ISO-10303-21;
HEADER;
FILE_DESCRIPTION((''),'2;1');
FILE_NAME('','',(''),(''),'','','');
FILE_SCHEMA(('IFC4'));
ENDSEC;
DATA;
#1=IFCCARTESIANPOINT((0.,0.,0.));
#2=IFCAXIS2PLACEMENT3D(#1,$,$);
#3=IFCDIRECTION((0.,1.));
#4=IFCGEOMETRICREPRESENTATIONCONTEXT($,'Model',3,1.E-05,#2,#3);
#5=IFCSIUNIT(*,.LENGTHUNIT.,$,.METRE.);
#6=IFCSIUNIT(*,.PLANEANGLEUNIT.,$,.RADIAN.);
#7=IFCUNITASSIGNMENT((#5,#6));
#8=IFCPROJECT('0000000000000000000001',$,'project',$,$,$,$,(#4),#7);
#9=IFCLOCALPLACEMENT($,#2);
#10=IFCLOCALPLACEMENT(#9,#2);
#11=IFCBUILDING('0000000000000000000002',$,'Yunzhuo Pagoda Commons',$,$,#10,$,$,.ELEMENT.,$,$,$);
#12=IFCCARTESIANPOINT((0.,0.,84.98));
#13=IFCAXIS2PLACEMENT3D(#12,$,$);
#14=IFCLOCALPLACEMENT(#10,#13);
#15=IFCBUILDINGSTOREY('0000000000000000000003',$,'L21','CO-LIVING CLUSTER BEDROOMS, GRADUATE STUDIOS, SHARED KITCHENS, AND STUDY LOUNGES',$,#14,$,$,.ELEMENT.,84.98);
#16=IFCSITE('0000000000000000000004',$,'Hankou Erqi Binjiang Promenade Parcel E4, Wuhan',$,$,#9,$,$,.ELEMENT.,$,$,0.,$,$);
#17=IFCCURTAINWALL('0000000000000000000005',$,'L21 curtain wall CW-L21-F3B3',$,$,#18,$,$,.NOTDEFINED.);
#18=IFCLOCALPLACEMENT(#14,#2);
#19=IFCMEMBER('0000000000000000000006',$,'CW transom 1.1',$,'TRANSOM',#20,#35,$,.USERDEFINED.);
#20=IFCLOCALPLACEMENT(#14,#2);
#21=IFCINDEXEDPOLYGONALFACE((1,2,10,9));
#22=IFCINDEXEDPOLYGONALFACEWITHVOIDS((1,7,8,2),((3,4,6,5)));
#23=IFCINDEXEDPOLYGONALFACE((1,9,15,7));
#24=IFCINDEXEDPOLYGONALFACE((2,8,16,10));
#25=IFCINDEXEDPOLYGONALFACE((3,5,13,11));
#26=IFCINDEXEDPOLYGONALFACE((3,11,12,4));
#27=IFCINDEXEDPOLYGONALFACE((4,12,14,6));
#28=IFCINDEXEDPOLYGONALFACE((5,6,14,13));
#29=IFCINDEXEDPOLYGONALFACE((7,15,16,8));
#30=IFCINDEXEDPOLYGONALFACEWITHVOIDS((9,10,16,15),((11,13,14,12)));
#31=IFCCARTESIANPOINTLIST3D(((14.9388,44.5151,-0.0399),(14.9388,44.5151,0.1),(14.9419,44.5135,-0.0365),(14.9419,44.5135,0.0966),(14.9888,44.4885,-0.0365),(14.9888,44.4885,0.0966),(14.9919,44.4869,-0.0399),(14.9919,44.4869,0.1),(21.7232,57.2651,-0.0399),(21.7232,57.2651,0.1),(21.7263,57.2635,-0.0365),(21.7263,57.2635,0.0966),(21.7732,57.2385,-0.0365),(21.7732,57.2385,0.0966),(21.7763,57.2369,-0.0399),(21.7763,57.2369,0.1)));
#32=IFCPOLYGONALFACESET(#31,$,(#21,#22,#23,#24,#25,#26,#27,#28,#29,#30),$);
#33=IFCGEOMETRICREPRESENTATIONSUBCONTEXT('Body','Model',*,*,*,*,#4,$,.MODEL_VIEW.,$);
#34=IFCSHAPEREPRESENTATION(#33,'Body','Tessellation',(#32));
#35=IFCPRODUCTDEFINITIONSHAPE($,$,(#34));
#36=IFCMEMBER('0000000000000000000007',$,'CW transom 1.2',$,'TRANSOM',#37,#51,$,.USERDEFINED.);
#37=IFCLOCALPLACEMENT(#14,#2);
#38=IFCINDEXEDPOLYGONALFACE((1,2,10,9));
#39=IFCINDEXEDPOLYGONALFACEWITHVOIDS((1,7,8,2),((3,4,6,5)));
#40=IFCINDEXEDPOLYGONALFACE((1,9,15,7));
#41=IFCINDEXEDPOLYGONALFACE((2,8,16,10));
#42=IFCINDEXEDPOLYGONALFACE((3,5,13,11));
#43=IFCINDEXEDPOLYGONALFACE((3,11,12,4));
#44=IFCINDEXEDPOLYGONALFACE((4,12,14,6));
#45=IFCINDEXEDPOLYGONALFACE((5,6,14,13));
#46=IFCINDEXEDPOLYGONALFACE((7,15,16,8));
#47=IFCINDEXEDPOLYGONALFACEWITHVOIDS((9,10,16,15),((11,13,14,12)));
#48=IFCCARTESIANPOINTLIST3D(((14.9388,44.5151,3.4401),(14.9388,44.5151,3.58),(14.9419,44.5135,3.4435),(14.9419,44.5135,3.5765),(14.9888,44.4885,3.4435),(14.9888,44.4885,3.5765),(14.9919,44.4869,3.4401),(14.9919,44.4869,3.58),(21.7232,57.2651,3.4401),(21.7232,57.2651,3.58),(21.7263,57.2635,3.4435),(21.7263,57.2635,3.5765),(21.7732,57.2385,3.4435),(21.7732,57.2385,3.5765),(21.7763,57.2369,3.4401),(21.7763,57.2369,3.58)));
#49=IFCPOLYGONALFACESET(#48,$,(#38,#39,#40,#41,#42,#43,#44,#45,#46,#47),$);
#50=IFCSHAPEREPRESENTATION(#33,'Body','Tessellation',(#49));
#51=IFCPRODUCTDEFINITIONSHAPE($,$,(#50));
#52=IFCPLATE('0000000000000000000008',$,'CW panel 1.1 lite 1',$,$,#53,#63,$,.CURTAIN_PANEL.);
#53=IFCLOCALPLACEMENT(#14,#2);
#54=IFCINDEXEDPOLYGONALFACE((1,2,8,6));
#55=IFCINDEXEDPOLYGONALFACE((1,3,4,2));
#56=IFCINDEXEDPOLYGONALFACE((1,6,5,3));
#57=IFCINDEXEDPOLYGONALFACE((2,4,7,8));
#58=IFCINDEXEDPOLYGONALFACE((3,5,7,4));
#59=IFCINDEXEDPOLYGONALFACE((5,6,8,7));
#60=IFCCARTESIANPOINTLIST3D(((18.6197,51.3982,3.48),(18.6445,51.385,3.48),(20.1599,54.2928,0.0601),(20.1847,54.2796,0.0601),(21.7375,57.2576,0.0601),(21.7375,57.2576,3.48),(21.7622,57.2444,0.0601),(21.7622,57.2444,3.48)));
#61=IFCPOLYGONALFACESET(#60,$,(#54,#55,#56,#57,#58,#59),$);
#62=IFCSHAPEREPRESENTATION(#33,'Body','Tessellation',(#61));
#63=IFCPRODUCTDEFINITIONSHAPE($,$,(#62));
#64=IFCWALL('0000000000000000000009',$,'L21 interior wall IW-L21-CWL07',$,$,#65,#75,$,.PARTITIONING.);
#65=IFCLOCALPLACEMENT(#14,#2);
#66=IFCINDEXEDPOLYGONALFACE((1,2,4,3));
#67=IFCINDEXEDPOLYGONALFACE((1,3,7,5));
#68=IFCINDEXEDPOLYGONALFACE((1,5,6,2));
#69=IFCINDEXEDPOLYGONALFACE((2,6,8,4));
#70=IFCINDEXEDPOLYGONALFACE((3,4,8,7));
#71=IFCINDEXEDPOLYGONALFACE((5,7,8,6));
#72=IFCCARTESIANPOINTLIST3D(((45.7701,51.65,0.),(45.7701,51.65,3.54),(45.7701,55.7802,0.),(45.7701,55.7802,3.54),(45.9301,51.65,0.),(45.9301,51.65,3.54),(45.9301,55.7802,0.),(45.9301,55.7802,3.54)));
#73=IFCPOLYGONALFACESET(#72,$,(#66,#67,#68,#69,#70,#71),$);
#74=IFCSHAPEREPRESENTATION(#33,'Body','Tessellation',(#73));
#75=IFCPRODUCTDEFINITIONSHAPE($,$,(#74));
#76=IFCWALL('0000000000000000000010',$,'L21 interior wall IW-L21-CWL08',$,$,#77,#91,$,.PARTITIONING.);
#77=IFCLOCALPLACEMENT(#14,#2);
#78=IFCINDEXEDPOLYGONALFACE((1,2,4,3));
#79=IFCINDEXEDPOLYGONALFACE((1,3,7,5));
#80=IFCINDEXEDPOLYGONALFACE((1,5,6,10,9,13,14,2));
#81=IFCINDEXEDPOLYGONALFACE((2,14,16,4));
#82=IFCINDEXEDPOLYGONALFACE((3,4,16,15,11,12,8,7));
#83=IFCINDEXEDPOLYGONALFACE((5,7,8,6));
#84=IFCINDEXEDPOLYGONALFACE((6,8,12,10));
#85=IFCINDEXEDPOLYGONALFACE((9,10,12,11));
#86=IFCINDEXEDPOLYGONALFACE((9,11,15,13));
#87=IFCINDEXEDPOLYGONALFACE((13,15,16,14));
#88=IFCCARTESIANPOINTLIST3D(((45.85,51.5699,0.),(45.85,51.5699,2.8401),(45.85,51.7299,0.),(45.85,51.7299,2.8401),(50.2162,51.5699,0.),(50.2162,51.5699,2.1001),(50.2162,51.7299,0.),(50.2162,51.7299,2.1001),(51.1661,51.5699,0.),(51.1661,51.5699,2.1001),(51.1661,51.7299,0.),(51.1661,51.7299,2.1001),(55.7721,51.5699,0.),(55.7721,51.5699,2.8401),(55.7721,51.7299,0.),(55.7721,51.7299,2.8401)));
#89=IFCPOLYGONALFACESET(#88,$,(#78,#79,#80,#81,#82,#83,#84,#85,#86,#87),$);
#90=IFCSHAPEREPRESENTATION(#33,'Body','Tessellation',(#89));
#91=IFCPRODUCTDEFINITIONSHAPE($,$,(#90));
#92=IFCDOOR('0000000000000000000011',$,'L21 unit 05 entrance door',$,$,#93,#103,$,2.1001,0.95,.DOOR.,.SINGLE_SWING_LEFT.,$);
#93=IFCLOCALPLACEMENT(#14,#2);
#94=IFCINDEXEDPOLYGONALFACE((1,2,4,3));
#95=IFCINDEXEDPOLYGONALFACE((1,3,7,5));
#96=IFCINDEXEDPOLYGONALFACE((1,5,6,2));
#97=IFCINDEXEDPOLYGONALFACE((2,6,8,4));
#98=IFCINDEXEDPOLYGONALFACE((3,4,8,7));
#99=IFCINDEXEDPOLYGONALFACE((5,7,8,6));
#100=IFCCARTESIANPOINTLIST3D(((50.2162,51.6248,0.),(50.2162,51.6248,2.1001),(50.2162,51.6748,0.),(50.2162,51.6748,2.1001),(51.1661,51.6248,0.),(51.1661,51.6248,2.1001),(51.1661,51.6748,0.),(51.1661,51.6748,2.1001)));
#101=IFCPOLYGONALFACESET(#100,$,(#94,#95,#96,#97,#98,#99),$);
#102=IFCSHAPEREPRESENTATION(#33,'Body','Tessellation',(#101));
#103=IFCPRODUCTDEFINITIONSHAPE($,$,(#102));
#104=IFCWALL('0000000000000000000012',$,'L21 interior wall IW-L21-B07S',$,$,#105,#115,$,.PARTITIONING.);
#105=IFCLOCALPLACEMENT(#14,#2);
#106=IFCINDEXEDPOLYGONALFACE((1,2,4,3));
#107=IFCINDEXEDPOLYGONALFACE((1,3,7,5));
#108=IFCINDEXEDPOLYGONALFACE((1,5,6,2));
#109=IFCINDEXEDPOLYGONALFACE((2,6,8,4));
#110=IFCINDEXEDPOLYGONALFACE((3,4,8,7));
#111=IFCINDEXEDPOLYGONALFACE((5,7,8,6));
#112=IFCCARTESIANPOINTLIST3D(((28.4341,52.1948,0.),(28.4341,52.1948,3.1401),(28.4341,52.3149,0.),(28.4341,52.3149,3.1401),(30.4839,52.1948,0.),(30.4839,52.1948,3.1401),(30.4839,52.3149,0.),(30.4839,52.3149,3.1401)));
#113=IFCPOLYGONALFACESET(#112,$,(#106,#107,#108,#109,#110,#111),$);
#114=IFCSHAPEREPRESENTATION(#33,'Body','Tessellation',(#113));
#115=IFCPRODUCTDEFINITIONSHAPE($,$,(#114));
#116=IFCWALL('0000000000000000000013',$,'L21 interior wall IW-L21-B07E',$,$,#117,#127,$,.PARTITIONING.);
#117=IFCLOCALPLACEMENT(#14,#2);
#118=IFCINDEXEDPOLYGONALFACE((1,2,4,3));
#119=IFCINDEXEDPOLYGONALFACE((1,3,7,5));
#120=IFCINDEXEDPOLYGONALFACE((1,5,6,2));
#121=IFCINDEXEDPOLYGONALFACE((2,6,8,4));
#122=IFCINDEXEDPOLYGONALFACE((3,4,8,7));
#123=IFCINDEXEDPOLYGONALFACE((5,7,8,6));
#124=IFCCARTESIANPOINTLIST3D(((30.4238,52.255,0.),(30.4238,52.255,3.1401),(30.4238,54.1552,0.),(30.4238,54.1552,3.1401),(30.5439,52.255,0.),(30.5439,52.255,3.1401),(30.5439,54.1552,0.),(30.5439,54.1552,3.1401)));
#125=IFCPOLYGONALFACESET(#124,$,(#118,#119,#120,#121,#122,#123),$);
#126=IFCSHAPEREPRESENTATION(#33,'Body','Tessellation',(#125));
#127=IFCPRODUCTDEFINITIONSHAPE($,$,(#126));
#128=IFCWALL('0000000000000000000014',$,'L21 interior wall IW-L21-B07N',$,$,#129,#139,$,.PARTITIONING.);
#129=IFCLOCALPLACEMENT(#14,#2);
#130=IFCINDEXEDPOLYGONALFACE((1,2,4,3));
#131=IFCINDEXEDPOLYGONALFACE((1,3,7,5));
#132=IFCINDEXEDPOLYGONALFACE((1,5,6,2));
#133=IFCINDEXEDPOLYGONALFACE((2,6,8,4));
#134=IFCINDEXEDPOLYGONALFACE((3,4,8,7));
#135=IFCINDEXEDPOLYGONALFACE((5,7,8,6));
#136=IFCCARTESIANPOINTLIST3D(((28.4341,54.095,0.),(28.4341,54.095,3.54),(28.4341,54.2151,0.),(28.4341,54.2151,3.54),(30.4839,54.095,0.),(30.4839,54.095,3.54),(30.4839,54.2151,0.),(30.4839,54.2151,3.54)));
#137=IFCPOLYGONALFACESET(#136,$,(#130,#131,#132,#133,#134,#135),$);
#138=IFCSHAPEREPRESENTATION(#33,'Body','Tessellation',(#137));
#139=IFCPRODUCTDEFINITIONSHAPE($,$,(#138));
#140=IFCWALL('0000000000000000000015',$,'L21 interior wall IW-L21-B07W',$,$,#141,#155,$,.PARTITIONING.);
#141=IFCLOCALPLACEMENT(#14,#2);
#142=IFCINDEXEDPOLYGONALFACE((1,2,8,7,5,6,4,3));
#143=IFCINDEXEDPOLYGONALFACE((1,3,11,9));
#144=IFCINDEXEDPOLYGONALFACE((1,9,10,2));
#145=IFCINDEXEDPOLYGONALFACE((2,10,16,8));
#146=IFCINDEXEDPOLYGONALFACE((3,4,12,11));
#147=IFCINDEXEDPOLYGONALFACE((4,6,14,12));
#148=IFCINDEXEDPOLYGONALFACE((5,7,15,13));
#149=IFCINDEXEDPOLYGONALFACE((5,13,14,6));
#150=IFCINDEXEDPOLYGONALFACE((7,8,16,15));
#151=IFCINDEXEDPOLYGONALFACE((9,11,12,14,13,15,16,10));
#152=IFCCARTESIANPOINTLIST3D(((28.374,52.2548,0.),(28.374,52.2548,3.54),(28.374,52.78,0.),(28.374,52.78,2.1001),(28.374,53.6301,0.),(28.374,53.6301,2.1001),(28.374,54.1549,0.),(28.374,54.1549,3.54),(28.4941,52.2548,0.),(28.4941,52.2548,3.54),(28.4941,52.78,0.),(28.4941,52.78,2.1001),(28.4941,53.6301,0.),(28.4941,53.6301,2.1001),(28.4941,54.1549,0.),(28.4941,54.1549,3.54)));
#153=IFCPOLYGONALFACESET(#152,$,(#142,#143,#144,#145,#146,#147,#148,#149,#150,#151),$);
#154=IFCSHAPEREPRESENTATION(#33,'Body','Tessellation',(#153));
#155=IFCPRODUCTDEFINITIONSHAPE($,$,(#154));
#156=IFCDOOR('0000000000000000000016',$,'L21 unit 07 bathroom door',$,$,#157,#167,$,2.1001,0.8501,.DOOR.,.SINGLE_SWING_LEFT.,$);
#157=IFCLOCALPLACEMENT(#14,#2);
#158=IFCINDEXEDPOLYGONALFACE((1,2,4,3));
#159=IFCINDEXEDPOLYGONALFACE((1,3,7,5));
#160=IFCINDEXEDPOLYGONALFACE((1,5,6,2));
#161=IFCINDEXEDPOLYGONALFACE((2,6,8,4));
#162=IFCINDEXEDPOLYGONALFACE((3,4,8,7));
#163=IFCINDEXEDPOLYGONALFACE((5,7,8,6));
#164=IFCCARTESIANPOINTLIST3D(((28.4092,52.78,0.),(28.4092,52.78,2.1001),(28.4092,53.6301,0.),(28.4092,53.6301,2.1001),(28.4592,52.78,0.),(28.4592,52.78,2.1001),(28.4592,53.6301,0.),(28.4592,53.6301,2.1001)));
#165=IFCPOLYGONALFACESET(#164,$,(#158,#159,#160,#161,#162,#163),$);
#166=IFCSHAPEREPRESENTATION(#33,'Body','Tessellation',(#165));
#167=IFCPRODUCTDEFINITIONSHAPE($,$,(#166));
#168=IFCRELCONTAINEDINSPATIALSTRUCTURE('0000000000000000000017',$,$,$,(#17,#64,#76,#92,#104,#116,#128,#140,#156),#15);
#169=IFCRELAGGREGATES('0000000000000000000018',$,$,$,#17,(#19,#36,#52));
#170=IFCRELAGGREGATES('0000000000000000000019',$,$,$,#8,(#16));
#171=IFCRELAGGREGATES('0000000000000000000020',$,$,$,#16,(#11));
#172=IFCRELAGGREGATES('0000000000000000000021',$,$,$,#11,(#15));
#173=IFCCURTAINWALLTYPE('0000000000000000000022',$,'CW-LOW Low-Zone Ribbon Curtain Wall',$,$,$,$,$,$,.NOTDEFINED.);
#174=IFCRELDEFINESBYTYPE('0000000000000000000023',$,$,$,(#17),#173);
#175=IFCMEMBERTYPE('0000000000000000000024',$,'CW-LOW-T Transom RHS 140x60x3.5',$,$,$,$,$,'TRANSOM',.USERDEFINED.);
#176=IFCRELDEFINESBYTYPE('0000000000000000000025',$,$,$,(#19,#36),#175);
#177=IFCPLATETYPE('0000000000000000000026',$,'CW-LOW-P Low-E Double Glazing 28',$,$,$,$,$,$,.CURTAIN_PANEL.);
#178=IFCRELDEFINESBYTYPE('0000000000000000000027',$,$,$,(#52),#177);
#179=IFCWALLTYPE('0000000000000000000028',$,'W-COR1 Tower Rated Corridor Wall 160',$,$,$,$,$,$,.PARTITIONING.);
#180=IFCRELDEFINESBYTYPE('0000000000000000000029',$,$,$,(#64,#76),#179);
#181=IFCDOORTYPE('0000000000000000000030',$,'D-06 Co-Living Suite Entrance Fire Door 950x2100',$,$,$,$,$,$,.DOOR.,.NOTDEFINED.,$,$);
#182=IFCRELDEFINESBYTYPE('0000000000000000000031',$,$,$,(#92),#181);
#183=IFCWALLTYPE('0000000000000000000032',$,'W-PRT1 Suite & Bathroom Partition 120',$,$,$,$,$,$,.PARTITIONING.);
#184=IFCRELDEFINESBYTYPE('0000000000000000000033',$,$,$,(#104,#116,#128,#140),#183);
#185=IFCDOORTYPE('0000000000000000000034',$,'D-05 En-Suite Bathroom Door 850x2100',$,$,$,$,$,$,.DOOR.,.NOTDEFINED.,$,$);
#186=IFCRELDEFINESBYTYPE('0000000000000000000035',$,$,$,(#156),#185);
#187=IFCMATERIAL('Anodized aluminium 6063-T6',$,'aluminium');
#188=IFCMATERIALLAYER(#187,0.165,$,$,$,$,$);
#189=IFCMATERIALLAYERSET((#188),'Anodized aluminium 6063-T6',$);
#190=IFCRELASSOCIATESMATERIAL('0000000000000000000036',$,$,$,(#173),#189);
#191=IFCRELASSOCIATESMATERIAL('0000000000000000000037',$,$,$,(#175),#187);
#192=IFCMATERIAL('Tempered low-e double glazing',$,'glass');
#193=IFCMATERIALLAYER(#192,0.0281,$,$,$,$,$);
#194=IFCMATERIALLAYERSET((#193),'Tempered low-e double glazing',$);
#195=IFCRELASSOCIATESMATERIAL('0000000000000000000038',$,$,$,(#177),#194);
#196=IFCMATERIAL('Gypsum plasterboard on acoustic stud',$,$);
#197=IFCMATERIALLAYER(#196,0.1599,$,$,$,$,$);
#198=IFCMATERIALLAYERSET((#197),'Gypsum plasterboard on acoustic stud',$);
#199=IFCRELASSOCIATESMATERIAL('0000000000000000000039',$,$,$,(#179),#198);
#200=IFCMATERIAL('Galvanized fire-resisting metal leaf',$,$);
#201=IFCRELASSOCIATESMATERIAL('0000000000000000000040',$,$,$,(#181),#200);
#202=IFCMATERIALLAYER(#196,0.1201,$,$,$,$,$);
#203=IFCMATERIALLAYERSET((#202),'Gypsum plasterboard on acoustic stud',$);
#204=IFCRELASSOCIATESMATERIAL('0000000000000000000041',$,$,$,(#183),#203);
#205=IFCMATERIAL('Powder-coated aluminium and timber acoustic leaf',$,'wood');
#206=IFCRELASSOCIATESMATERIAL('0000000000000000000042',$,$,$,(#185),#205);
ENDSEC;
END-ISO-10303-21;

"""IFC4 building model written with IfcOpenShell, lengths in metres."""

from ifc_helpers import new_model, si_unit, direction, frame, frame_2d, origin, origin_with_axes, origin_2d, place, context, subcontext, project, spatial, polyline, rectangle, hollow_rectangle, outline, extrude, source, transform, mapped, material, layer, layer_set, material_profile, profile_set, type_object, element, fill, aggregate, save


model = new_model("IFC4")

# Units and contexts
model_context = context("Model", 3, precision=1e-05, world=origin(), true_north=direction((0.0, 1.0)))
body_context = subcontext(model_context, "Body", "Model", "MODEL_VIEW")
ifc_project = project(units=[si_unit("LENGTHUNIT", "METRE"), si_unit("PLANEANGLEUNIT", "RADIAN")], contexts=[model_context])

# Site, building, storey
site_placement = place(None, origin())
site = spatial("IfcSite", under=ifc_project, at=site_placement, Name="Hankou Erqi Binjiang Promenade Parcel E4, Wuhan", CompositionType="ELEMENT", RefElevation=0.0)
building_placement = place(site_placement, origin())
building = spatial("IfcBuilding", under=site, at=building_placement, Name="Yunzhuo Pagoda Commons", CompositionType="ELEMENT")
storey_placement = place(building_placement, frame((0.0, 0.0, 84.98)))
storey = spatial("IfcBuildingStorey", under=building, at=storey_placement, Name="L21", Description="CO-LIVING CLUSTER BEDROOMS, GRADUATE STUDIOS, SHARED KITCHENS, AND STUDY LOUNGES", CompositionType="ELEMENT", Elevation=84.98)

# Shared definitions
ifc_material_1 = material(Name="Anodized aluminium 6063-T6", Category="aluminium")
ifc_layer_1 = layer(ifc_material_1, 0.165)
ifc_layer_set_1 = layer_set([ifc_layer_1], Name="Anodized aluminium 6063-T6")
curtain_wall_type = type_object("IfcCurtainWallType", Name="CW-LOW Low-Zone Ribbon Curtain Wall", PredefinedType="NOTDEFINED", material=ifc_layer_set_1)

# Curtain wall, members, plate
curtain_wall_1_placement = place(storey_placement, origin())
curtain_wall_1 = element("IfcCurtainWall", 1, at=curtain_wall_1_placement, inside=storey, type_object=curtain_wall_type, Name="L21 curtain wall CW-L21-F3B3", PredefinedType="NOTDEFINED")
ifc_material_profile_1 = material_profile(ifc_material_1, hollow_rectangle(XDim=0.0601, YDim=0.1399, WallThickness=0.0034, at=origin_2d()), Name="Anodized aluminium 6063-T6")
ifc_profile_set_1 = profile_set([ifc_material_profile_1], Name="Anodized aluminium 6063-T6")
member_type_1 = type_object("IfcMemberType", Name="CW-LOW-T Transom RHS 140x60x3.5", ElementType="TRANSOM", PredefinedType="USERDEFINED", material=ifc_profile_set_1)
shared_shape_1 = source(origin(), body_context, "Body", "SweptSolid", [
    extrude(hollow_rectangle(XDim=0.0601, YDim=0.1399, WallThickness=0.0034, at=origin_2d()), origin(), (0.0, 0.0, 1.0), 14.4426),
])
member_1_placement = place(storey_placement, frame((21.7498, 57.251, 0.03), z_axis=(-0.469748, -0.8828, 0.0), x_axis=(0.8828, -0.469748, 0.0)))
member_1 = element("IfcMember", 2, at=member_1_placement, type_object=member_type_1, Name="CW transom 1.1", ObjectType="TRANSOM", PredefinedType="USERDEFINED", context=body_context, shape_type="MappedRepresentation", body=[
    mapped(shared_shape_1, transform((0.0, 0.0, 0.0), scale=1.0)),
])
member_2_placement = place(storey_placement, frame((21.7498, 57.251, 3.51), z_axis=(-0.469748, -0.8828, 0.0), x_axis=(0.8828, -0.469748, 0.0)))
member_2 = element("IfcMember", 3, at=member_2_placement, type_object=member_type_1, Name="CW transom 1.2", ObjectType="TRANSOM", PredefinedType="USERDEFINED", context=body_context, shape_type="MappedRepresentation", body=[
    mapped(shared_shape_1, transform((0.0, 0.0, 0.0), scale=1.0)),
])
ifc_material_2 = material(Name="Tempered low-e double glazing", Category="glass")
ifc_layer_2 = layer(ifc_material_2, 0.0281)
ifc_layer_set_2 = layer_set([ifc_layer_2], Name="Tempered low-e double glazing")
plate_type = type_object("IfcPlateType", Name="CW-LOW-P Low-E Double Glazing 28", PredefinedType="CURTAIN_PANEL", material=ifc_layer_set_2)
plate_placement = place(storey_placement, frame((20.2034, 54.3147, 1.77), z_axis=(-0.882805, 0.46974, 0.0), x_axis=(-0.46974, -0.882805, 0.0)))
plate = element("IfcPlate", 4, at=plate_placement, type_object=plate_type, Name="CW panel 1.1 lite 1", PredefinedType="CURTAIN_PANEL", context=body_context, shape_type="SweptSolid", body=[
    extrude(outline(polyline([(-3.3186, -1.71), (0.0398, -1.71), (3.3186, 1.71), (-3.3186, 1.71), (-3.3186, -1.71)])), origin(), (0.0, 0.0, 1.0), 0.0281),
])
aggregate(curtain_wall_1, [member_1, member_2, plate])

# Wall
ifc_material_3 = material(Name="Gypsum plasterboard on acoustic stud")
ifc_layer_3 = layer(ifc_material_3, 0.1599)
ifc_layer_set_3 = layer_set([ifc_layer_3], Name="Gypsum plasterboard on acoustic stud")
wall_type_1 = type_object("IfcWallType", Name="W-COR1 Tower Rated Corridor Wall 160", PredefinedType="PARTITIONING", material=ifc_layer_set_3)
wall_1_placement = place(storey_placement, frame((45.8501, 55.78, 0.0), z_axis=(0.0, 0.0, 1.0), x_axis=(0.0, -1.0, 0.0)))
element("IfcWall", 5, at=wall_1_placement, inside=storey, type_object=wall_type_1, Name="L21 interior wall IW-L21-CWL07", PredefinedType="PARTITIONING", context=body_context, shape_type="SweptSolid", body=[
    extrude(rectangle(XDim=4.1301, YDim=0.1599, at=frame_2d((2.0649, 0.0))), origin(), (0.0, 0.0, 1.0), 3.54),
])

# Wall, opening, door
wall_2_placement = place(storey_placement, frame((45.8501, 51.6499, 0.0), z_axis=(0.0, 0.0, 1.0), x_axis=(1.0, 0.0, 0.0)))
wall_2 = element("IfcWall", 6, at=wall_2_placement, inside=storey, type_object=wall_type_1, Name="L21 interior wall IW-L21-CWL08", PredefinedType="PARTITIONING", context=body_context, shape_type="SweptSolid", body=[
    extrude(rectangle(XDim=9.9221, YDim=0.1599, at=frame_2d((4.9609, 0.0))), origin(), (0.0, 0.0, 1.0), 2.8401),
])
opening_1_placement = place(wall_2_placement, frame((4.366, 0.0, 0.0)))
opening_1 = element("IfcOpeningElement", 7, at=opening_1_placement, cuts=wall_2, PredefinedType="OPENING", context=body_context, shape_type="SweptSolid", body=[
    extrude(rectangle(XDim=0.95, YDim=2.1001, at=frame_2d((0.4751, 1.05))), frame((0.0, 0.0898, 0.0), z_axis=(0.0, -1.0, 0.0), x_axis=(1.0, 0.0, 0.0)), (0.0, 0.0, 1.0), 0.1799),
])
ifc_material_4 = material(Name="Galvanized fire-resisting metal leaf")
door_type_1 = type_object("IfcDoorType", Name="D-06 Co-Living Suite Entrance Fire Door 950x2100", OperationType="NOTDEFINED", PredefinedType="DOOR", material=ifc_material_4)
shared_shape_2 = source(origin(), body_context, "Body", "SweptSolid", [
    extrude(rectangle(XDim=0.95, YDim=2.1001, at=frame_2d((0.4751, 1.05))), frame((0.0, 0.0249, 0.0), z_axis=(0.0, -1.0, 0.0), x_axis=(1.0, 0.0, 0.0)), (0.0, 0.0, 1.0), 0.05),
])
door_1_placement = place(opening_1_placement, origin_with_axes())
door_1 = element("IfcDoor", 8, at=door_1_placement, inside=storey, type_object=door_type_1, Name="L21 unit 05 entrance door", OperationType="SINGLE_SWING_LEFT", OverallHeight=2.1001, OverallWidth=0.95, PredefinedType="DOOR", context=body_context, shape_type="MappedRepresentation", body=[
    mapped(shared_shape_2, transform((0.0, 0.0, 0.0), scale=1.0)),
])
fill(opening_1, door_1)

# Walls
ifc_layer_4 = layer(ifc_material_3, 0.1201)
ifc_layer_set_4 = layer_set([ifc_layer_4], Name="Gypsum plasterboard on acoustic stud")
wall_type_2 = type_object("IfcWallType", Name="W-PRT1 Suite & Bathroom Partition 120", PredefinedType="PARTITIONING", material=ifc_layer_set_4)
wall_3_placement = place(storey_placement, frame((28.4341, 52.2549, 0.0), z_axis=(0.0, 0.0, 1.0), x_axis=(1.0, 0.0, 0.0)))
element("IfcWall", 9, at=wall_3_placement, inside=storey, type_object=wall_type_2, Name="L21 interior wall IW-L21-B07S", PredefinedType="PARTITIONING", context=body_context, shape_type="SweptSolid", body=[
    extrude(rectangle(XDim=2.0498, YDim=0.1201, at=frame_2d((1.0249, 0.0))), origin(), (0.0, 0.0, 1.0), 3.1401),
])
wall_4_placement = place(storey_placement, frame((30.4839, 52.2549, 0.0), z_axis=(0.0, 0.0, 1.0), x_axis=(0.0, 1.0, 0.0)))
element("IfcWall", 10, at=wall_4_placement, inside=storey, type_object=wall_type_2, Name="L21 interior wall IW-L21-B07E", PredefinedType="PARTITIONING", context=body_context, shape_type="SweptSolid", body=[
    extrude(rectangle(XDim=1.9001, YDim=0.1201, at=frame_2d((0.9502, 0.0))), origin(), (0.0, 0.0, 1.0), 3.1401),
])
wall_5_placement = place(storey_placement, frame((30.4839, 54.155, 0.0), z_axis=(0.0, 0.0, 1.0), x_axis=(-1.0, 0.0, 0.0)))
element("IfcWall", 11, at=wall_5_placement, inside=storey, type_object=wall_type_2, Name="L21 interior wall IW-L21-B07N", PredefinedType="PARTITIONING", context=body_context, shape_type="SweptSolid", body=[
    extrude(rectangle(XDim=2.0498, YDim=0.1201, at=frame_2d((1.0249, 0.0))), origin(), (0.0, 0.0, 1.0), 3.54),
])

# Wall, opening, door
wall_6_placement = place(storey_placement, frame((28.4341, 54.155, 0.0), z_axis=(0.0, 0.0, 1.0), x_axis=(0.0, -1.0, 0.0)))
wall_6 = element("IfcWall", 12, at=wall_6_placement, inside=storey, type_object=wall_type_2, Name="L21 interior wall IW-L21-B07W", PredefinedType="PARTITIONING", context=body_context, shape_type="SweptSolid", body=[
    extrude(rectangle(XDim=1.9001, YDim=0.1201, at=frame_2d((0.9502, 0.0))), origin(), (0.0, 0.0, 1.0), 3.54),
])
opening_2_placement = place(wall_6_placement, frame((0.5249, 0.0, 0.0)))
opening_2 = element("IfcOpeningElement", 13, at=opening_2_placement, cuts=wall_6, PredefinedType="OPENING", context=body_context, shape_type="SweptSolid", body=[
    extrude(rectangle(XDim=0.8501, YDim=2.1001, at=frame_2d((0.425, 1.05))), frame((0.0, 0.0701, 0.0), z_axis=(0.0, -1.0, 0.0), x_axis=(1.0, 0.0, 0.0)), (0.0, 0.0, 1.0), 0.1401),
])
ifc_material_5 = material(Name="Powder-coated aluminium and timber acoustic leaf", Category="wood")
door_type_2 = type_object("IfcDoorType", Name="D-05 En-Suite Bathroom Door 850x2100", OperationType="NOTDEFINED", PredefinedType="DOOR", material=ifc_material_5)
shared_shape_3 = source(origin(), body_context, "Body", "SweptSolid", [
    extrude(rectangle(XDim=0.8501, YDim=2.1001, at=frame_2d((0.425, 1.05))), frame((0.0, 0.0249, 0.0), z_axis=(0.0, -1.0, 0.0), x_axis=(1.0, 0.0, 0.0)), (0.0, 0.0, 1.0), 0.05),
])
door_2_placement = place(opening_2_placement, frame((0.8501, 0.0, 0.0), z_axis=(0.0, 0.0, 1.0), x_axis=(-1.0, 0.0, 0.0)))
door_2 = element("IfcDoor", 14, at=door_2_placement, inside=storey, type_object=door_type_2, Name="L21 unit 07 bathroom door", OperationType="SINGLE_SWING_LEFT", OverallHeight=2.1001, OverallWidth=0.8501, PredefinedType="DOOR", context=body_context, shape_type="MappedRepresentation", body=[
    mapped(shared_shape_3, transform((0.0, 0.0, 0.0), scale=1.0)),
])
fill(opening_2, door_2)

save(model, "model.ifc")
